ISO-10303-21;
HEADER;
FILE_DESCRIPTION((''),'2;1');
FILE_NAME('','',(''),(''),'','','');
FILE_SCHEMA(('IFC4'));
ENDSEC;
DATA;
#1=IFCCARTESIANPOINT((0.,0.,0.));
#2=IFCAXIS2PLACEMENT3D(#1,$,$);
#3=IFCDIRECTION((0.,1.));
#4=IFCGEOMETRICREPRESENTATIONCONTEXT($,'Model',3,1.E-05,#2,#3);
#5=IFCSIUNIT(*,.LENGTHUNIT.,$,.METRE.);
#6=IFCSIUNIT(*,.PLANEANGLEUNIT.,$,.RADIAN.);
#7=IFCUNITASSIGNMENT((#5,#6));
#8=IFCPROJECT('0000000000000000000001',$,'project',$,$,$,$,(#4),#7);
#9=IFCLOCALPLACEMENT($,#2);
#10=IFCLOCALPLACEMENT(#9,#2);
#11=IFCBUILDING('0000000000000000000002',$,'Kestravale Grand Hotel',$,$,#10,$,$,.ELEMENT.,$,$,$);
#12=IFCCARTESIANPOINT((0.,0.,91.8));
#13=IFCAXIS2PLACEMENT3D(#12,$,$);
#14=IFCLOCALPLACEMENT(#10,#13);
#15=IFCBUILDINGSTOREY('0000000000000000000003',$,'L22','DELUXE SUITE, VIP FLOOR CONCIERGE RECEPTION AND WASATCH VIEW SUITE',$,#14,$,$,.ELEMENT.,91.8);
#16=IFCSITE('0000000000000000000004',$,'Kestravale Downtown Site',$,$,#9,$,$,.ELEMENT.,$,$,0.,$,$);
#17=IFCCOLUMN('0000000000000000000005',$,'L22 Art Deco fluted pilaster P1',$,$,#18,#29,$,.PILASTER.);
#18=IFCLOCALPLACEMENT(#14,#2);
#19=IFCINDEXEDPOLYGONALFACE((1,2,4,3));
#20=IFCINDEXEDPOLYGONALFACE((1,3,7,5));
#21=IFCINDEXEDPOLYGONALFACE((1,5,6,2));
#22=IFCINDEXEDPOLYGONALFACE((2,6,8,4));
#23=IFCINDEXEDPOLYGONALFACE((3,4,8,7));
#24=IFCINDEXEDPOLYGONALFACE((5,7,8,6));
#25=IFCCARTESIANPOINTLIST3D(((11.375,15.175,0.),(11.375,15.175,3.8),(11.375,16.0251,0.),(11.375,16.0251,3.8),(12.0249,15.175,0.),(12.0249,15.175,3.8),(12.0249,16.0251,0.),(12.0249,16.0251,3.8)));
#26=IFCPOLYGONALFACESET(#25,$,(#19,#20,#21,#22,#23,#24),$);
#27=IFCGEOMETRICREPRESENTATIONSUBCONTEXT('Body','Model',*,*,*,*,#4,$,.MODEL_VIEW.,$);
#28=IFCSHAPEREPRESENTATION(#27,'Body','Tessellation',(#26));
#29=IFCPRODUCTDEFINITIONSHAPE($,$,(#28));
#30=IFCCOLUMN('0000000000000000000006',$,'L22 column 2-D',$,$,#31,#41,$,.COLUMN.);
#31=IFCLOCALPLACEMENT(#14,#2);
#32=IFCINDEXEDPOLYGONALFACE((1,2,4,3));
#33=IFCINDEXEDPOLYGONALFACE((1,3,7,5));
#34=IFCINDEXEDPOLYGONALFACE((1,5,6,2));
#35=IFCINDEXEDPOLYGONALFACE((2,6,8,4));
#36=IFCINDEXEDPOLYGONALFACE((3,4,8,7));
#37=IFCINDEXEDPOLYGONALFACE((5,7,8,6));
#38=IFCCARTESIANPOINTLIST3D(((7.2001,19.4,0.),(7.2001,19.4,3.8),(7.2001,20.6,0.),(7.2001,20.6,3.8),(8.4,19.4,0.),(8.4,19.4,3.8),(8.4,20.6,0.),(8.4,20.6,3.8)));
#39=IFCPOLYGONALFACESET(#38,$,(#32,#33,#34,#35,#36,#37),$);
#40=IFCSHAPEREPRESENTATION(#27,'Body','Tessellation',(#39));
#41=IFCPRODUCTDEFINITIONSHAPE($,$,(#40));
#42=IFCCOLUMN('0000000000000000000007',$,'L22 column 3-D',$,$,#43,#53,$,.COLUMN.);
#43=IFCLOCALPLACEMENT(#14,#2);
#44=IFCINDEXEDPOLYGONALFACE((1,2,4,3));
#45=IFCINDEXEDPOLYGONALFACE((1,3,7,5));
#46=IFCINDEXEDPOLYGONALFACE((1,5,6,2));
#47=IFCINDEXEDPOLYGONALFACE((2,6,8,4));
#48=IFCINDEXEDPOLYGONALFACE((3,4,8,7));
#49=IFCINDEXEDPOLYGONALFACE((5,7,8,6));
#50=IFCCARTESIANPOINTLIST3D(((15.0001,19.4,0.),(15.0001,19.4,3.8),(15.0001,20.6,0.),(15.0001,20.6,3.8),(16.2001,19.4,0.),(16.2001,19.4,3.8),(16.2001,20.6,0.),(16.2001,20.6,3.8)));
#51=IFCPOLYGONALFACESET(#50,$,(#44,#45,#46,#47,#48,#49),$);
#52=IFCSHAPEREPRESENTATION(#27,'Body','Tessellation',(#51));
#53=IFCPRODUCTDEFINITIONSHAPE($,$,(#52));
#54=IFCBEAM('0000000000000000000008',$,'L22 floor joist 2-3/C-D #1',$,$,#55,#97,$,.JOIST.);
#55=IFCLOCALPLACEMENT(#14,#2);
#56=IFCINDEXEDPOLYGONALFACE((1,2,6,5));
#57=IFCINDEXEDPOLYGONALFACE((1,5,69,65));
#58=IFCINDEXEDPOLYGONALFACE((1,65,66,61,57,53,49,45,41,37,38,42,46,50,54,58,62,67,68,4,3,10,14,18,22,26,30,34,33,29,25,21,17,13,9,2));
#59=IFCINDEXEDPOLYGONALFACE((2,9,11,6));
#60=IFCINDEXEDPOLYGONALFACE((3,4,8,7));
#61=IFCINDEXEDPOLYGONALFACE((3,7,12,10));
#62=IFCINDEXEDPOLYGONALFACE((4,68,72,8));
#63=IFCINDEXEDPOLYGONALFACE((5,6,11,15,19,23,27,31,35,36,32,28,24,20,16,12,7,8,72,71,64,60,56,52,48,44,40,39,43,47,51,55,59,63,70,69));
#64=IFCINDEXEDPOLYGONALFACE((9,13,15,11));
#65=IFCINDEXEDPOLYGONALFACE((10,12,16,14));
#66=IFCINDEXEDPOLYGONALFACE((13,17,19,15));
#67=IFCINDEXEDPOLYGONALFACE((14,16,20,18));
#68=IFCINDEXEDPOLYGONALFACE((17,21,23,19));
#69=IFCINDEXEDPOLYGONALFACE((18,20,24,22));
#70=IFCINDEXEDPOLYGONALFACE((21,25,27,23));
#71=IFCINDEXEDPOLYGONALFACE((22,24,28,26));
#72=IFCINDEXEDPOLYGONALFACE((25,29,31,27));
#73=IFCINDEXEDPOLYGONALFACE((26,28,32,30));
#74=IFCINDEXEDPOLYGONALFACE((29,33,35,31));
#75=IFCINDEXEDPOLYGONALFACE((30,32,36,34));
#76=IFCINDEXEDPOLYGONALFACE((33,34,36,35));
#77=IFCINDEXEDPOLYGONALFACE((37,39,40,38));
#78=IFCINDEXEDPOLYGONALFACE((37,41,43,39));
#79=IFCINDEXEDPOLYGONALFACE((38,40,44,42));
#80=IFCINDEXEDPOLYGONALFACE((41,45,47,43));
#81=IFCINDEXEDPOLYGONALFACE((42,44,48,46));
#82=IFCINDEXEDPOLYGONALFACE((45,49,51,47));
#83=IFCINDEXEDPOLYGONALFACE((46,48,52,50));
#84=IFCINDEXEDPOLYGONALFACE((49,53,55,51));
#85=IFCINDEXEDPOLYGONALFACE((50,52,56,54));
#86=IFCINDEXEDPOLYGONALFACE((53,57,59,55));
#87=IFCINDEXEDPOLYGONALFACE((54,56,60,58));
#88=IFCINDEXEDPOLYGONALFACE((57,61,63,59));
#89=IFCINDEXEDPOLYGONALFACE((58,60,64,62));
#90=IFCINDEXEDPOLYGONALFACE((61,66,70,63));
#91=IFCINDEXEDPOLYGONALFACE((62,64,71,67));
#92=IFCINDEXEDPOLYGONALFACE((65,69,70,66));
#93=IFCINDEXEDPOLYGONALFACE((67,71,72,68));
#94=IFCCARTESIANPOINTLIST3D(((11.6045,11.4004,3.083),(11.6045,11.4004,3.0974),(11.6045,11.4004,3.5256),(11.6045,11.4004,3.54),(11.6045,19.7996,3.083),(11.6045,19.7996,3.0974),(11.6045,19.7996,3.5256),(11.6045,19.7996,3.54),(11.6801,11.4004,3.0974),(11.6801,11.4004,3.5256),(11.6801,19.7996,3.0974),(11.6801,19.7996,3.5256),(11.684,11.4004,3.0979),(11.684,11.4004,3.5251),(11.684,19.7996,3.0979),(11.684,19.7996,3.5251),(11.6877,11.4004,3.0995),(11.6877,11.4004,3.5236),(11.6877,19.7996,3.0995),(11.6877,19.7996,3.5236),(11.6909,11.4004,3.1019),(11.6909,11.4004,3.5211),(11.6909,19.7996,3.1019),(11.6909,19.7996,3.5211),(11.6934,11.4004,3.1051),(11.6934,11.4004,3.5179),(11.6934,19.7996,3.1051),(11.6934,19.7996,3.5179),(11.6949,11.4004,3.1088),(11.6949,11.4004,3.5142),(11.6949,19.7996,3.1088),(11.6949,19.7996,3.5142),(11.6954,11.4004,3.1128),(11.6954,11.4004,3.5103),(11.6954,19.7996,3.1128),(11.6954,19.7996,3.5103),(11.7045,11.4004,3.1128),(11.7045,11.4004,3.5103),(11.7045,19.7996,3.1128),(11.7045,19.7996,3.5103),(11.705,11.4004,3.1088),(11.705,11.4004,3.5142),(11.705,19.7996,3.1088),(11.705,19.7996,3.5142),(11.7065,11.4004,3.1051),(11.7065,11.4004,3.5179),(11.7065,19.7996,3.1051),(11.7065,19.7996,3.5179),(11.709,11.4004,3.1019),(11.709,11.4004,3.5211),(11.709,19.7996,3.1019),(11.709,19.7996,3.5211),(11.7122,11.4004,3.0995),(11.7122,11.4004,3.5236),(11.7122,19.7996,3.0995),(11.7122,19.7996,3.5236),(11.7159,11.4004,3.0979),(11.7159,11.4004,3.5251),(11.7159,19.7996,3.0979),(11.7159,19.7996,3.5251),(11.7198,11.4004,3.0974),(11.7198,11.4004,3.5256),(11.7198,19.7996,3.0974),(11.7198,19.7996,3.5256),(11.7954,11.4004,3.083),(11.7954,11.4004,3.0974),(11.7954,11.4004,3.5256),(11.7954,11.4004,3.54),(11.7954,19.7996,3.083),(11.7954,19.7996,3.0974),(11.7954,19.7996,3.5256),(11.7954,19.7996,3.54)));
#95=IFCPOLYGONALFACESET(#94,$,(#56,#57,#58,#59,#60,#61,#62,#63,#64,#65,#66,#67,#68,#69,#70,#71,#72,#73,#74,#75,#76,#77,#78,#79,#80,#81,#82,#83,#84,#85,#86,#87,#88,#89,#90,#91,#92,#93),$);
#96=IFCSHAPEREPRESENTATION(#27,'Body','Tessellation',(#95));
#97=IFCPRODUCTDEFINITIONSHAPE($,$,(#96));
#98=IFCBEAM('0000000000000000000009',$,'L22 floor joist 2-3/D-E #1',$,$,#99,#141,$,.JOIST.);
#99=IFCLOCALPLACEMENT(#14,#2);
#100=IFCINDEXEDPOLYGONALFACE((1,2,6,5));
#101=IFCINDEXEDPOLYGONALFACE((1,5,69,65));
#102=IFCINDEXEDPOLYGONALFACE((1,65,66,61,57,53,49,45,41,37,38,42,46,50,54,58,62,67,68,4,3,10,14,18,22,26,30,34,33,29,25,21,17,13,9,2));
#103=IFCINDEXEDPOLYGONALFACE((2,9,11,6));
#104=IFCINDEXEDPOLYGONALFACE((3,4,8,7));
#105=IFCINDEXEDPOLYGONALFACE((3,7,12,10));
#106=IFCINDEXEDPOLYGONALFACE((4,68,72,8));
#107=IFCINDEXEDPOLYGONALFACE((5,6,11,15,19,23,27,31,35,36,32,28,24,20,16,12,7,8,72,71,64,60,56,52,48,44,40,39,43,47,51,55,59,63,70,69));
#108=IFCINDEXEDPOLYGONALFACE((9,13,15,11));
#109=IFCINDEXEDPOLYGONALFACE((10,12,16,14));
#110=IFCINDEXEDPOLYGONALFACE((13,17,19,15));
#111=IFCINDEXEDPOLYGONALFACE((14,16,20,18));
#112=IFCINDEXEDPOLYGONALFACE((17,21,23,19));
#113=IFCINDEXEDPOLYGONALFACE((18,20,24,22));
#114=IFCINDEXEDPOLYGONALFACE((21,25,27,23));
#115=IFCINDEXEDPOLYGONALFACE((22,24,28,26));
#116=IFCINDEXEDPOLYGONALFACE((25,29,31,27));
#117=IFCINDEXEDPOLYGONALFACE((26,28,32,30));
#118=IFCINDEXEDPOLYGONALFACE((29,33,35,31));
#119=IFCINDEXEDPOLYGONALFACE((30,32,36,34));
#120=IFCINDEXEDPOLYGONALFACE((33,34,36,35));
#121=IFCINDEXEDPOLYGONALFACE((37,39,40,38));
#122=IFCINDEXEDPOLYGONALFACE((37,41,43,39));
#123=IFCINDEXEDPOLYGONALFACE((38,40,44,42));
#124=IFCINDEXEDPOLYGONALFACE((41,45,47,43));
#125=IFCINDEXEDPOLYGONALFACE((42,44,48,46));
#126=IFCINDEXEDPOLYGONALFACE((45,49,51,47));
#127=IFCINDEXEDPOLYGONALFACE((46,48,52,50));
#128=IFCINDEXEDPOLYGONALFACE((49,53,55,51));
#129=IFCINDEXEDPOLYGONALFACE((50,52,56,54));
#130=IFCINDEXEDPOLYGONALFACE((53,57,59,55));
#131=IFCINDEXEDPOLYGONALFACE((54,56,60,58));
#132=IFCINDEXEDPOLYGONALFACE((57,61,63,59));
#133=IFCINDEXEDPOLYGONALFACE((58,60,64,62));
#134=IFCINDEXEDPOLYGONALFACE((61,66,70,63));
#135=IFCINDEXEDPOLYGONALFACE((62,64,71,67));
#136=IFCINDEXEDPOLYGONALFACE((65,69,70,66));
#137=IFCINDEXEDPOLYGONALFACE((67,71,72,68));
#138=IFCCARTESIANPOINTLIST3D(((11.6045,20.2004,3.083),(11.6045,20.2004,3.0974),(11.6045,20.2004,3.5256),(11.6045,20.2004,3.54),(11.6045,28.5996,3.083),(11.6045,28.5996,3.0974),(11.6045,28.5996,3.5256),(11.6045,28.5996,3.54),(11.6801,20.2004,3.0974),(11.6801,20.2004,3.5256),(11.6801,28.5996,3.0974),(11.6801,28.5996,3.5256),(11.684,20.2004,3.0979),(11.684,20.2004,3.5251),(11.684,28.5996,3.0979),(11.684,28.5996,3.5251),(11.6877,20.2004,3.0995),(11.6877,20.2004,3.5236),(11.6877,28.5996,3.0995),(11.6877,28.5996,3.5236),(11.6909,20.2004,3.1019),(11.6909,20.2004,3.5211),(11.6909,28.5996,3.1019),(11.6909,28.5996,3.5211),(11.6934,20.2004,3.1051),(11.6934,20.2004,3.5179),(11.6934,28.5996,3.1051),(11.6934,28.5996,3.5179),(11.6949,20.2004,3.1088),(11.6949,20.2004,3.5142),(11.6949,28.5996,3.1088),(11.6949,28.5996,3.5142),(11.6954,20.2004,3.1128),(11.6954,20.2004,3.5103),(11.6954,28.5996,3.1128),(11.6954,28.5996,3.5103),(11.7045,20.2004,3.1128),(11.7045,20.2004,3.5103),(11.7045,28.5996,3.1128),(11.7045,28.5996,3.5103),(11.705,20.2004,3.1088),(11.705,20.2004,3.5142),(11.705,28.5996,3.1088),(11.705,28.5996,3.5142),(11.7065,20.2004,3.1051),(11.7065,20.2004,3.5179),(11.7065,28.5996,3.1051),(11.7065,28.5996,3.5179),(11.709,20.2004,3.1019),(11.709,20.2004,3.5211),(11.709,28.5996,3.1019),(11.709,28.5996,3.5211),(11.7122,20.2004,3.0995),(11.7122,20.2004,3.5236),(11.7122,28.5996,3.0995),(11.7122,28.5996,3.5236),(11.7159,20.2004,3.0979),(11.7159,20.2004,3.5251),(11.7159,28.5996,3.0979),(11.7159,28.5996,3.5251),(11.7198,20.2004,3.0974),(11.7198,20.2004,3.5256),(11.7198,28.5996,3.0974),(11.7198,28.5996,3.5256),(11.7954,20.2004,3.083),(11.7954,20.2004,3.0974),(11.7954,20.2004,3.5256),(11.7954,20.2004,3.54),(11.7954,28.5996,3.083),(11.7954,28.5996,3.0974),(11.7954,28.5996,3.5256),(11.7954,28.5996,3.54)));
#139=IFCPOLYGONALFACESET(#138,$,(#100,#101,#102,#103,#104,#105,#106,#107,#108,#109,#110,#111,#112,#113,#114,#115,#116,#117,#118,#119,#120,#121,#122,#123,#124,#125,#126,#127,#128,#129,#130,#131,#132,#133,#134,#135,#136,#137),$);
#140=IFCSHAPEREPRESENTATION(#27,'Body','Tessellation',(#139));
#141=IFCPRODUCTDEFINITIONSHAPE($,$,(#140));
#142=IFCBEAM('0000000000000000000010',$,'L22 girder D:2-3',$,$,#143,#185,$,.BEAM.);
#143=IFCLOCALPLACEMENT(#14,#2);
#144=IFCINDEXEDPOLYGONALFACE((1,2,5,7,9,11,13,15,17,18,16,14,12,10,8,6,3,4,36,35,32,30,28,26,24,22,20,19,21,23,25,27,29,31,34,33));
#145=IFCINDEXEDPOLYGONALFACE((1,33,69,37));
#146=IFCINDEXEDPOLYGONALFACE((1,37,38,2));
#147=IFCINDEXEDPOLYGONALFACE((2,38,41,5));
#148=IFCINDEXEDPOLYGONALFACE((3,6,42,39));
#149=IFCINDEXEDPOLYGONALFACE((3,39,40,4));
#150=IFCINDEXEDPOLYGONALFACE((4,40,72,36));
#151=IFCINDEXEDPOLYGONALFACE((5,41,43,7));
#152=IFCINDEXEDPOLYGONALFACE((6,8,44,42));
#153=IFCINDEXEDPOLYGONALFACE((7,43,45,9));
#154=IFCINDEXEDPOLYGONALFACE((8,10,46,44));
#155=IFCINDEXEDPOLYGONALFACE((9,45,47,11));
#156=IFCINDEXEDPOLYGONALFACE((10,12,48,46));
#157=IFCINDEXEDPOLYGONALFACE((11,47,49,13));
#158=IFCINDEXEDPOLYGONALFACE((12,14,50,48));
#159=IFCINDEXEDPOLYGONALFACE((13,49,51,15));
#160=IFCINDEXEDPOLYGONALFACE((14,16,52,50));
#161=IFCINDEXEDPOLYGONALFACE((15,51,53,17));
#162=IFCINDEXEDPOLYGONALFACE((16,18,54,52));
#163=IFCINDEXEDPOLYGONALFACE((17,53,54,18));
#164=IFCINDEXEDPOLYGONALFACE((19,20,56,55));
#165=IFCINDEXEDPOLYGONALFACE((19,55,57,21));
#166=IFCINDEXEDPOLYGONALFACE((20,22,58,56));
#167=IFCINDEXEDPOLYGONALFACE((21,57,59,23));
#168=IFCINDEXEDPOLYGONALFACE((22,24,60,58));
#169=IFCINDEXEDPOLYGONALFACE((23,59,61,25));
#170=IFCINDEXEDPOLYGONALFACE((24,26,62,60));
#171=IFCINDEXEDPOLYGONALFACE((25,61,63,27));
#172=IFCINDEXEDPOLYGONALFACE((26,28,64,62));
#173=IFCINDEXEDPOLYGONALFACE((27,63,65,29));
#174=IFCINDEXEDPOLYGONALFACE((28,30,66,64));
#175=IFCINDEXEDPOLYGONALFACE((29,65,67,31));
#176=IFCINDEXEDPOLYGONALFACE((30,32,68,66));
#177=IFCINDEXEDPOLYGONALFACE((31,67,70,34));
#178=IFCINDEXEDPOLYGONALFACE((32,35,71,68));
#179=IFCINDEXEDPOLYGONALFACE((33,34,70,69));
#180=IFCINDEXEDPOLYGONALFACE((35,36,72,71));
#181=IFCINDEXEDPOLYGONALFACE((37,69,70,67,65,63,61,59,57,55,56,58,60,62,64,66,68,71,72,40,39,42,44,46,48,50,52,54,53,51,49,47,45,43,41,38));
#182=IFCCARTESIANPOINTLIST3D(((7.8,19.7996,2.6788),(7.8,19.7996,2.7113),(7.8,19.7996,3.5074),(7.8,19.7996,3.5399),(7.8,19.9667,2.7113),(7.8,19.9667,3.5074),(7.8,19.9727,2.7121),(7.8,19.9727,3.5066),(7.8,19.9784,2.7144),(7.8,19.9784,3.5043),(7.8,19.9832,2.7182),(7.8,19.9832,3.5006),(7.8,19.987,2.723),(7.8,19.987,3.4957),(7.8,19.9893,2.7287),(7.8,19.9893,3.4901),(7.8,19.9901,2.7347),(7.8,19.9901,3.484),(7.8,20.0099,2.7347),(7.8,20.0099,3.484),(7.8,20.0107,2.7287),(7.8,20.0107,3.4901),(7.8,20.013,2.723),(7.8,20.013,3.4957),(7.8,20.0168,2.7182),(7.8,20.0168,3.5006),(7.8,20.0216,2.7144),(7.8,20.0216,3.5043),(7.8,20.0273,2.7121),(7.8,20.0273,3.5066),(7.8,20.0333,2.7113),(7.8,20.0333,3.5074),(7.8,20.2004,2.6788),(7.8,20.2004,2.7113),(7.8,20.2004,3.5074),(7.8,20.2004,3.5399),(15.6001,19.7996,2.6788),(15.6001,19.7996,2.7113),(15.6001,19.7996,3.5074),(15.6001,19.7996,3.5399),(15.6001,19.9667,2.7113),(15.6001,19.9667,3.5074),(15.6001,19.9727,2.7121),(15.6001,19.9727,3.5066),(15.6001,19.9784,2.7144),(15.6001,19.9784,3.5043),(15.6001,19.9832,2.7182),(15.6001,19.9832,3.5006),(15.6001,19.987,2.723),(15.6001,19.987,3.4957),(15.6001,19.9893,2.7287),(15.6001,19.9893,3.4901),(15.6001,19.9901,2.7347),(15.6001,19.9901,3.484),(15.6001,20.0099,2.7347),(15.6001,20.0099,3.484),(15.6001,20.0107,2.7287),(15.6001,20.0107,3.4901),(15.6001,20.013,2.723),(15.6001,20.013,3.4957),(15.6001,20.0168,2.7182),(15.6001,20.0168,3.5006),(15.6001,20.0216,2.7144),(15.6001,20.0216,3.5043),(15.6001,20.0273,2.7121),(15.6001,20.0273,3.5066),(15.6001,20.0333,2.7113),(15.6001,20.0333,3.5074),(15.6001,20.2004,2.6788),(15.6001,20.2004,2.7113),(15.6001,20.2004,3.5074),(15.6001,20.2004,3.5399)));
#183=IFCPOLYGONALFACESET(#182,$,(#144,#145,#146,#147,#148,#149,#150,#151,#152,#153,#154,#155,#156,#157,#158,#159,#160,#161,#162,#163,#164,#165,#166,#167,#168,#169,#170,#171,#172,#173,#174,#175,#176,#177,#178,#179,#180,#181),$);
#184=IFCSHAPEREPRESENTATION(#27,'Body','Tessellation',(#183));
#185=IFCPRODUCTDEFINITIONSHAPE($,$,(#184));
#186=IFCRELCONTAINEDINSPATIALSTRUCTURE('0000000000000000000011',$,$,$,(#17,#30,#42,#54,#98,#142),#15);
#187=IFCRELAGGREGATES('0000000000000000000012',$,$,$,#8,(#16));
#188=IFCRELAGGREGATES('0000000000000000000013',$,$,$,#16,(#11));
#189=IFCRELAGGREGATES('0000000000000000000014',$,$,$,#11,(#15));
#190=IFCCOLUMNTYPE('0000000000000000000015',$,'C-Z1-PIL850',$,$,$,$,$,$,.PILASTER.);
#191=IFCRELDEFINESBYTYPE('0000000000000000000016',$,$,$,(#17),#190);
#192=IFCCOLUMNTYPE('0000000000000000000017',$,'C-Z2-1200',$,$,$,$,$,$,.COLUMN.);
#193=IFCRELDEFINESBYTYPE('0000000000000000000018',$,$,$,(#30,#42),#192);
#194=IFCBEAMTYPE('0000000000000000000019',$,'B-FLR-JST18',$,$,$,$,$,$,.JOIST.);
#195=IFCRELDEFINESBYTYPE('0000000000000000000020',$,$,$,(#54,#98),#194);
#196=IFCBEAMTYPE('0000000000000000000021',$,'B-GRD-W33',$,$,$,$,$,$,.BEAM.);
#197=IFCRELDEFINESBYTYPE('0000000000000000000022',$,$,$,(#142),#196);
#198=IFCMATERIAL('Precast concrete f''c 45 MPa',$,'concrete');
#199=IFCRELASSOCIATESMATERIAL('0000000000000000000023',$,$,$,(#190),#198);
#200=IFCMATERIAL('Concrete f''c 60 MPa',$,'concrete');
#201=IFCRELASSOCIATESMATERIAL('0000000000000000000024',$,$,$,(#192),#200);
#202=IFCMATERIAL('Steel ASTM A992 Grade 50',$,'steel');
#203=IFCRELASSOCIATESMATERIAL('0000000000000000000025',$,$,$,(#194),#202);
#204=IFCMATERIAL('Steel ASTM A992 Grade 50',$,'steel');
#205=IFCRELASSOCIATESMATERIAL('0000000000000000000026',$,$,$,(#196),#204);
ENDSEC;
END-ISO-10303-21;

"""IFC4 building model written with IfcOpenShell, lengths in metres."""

from ifc_helpers import new_model, si_unit, direction, frame, origin, origin_2d, place, context, subcontext, project, spatial, rectangle, i_section, extrude, material, material_profile, profile_set, type_object, element, save


model = new_model("IFC4")

# Units and contexts
model_context = context("Model", 3, precision=1e-05, world=origin(), true_north=direction((0.0, 1.0)))
body_context = subcontext(model_context, "Body", "Model", "MODEL_VIEW")
ifc_project = project(units=[si_unit("LENGTHUNIT", "METRE"), si_unit("PLANEANGLEUNIT", "RADIAN")], contexts=[model_context])

# Site, building, storey
site_placement = place(None, origin())
site = spatial("IfcSite", under=ifc_project, at=site_placement, Name="Kestravale Downtown Site", CompositionType="ELEMENT", RefElevation=0.0)
building_placement = place(site_placement, origin())
building = spatial("IfcBuilding", under=site, at=building_placement, Name="Kestravale Grand Hotel", CompositionType="ELEMENT")
storey_placement = place(building_placement, frame((0.0, 0.0, 91.8)))
storey = spatial("IfcBuildingStorey", under=building, at=storey_placement, Name="L22", Description="DELUXE SUITE, VIP FLOOR CONCIERGE RECEPTION AND WASATCH VIEW SUITE", CompositionType="ELEMENT", Elevation=91.8)

# Columns
ifc_material_1 = material(Name="Precast concrete f'c 45 MPa", Category="concrete")
ifc_material_profile_1 = material_profile(ifc_material_1, rectangle(XDim=0.6499, YDim=0.8501, at=origin_2d()))
ifc_profile_set_1 = profile_set([ifc_material_profile_1], Name="Precast concrete f'c 45 MPa")
column_type_1 = type_object("IfcColumnType", Name="C-Z1-PIL850", PredefinedType="PILASTER", material=ifc_profile_set_1)
column_placement = place(storey_placement, frame((11.7, 15.6001, 0.0), z_axis=(0.0, 0.0, 1.0), x_axis=(1.0, 0.0, 0.0)))
element("IfcColumn", 1, at=column_placement, inside=storey, type_object=column_type_1, Name="L22 Art Deco fluted pilaster P1", PredefinedType="PILASTER", context=body_context, shape_type="SweptSolid", body=[
    extrude(rectangle(XDim=0.6499, YDim=0.8501, at=origin_2d()), origin(), (0.0, 0.0, 1.0), 3.8),
])
ifc_material_2 = material(Name="Concrete f'c 60 MPa", Category="concrete")
ifc_material_profile_2 = material_profile(ifc_material_2, rectangle(XDim=1.2, YDim=1.2, at=origin_2d()))
ifc_profile_set_2 = profile_set([ifc_material_profile_2], Name="Concrete f'c 60 MPa")
column_type_2 = type_object("IfcColumnType", Name="C-Z2-1200", PredefinedType="COLUMN", material=ifc_profile_set_2)
for number, where, z_axis, x_axis, name in (
    (2, (7.8, 20.0, 0.0), (0.0, 0.0, 1.0), (1.0, 0.0, 0.0), "L22 column 2-D"),
    (3, (15.6001, 20.0, 0.0), (0.0, 0.0, 1.0), (1.0, 0.0, 0.0), "L22 column 3-D"),
):
    element("IfcColumn", number, at=place(storey_placement, frame(where, z_axis=z_axis, x_axis=x_axis)), inside=storey, type_object=column_type_2, Name=name, PredefinedType="COLUMN", context=body_context, shape_type="SweptSolid", body=[
        extrude(rectangle(XDim=1.2, YDim=1.2, at=origin_2d()), origin(), (0.0, 0.0, 1.0), 3.8),
    ])

# Beams
ifc_material_3 = material(Name="Steel ASTM A992 Grade 50", Category="steel")
ifc_material_profile_3 = material_profile(ifc_material_3, i_section(OverallWidth=0.1909, OverallDepth=0.457, WebThickness=0.009, FlangeThickness=0.0144, FilletRadius=0.0154, at=origin_2d()))
ifc_profile_set_3 = profile_set([ifc_material_profile_3], Name="Steel ASTM A992 Grade 50")
beam_type_1 = type_object("IfcBeamType", Name="B-FLR-JST18", PredefinedType="JOIST", material=ifc_profile_set_3)
for number, where, z_axis, x_axis, name in (
    (4, (11.7, 11.4004, 3.3115), (0.0, 1.0, 0.0), (-1.0, 0.0, 0.0), "L22 floor joist 2-3/C-D #1"),
    (5, (11.7, 20.2004, 3.3115), (0.0, 1.0, 0.0), (-1.0, 0.0, 0.0), "L22 floor joist 2-3/D-E #1"),
):
    element("IfcBeam", number, at=place(storey_placement, frame(where, z_axis=z_axis, x_axis=x_axis)), inside=storey, type_object=beam_type_1, Name=name, PredefinedType="JOIST", context=body_context, shape_type="SweptSolid", body=[
        extrude(i_section(OverallWidth=0.1909, OverallDepth=0.457, WebThickness=0.009, FlangeThickness=0.0144, FilletRadius=0.0154, at=origin_2d()), origin(), (0.0, 0.0, 1.0), 8.3992),
    ])
ifc_material_4 = material(Name="Steel ASTM A992 Grade 50", Category="steel")
ifc_material_profile_4 = material_profile(ifc_material_4, i_section(OverallWidth=0.4009, OverallDepth=0.8611, WebThickness=0.0198, FlangeThickness=0.0325, FilletRadius=0.0234, at=origin_2d()))
ifc_profile_set_4 = profile_set([ifc_material_profile_4], Name="Steel ASTM A992 Grade 50")
beam_type_2 = type_object("IfcBeamType", Name="B-GRD-W33", PredefinedType="BEAM", material=ifc_profile_set_4)
beam_1_placement = place(storey_placement, frame((7.8, 20.0, 3.1094), z_axis=(1.0, 0.0, 0.0), x_axis=(0.0, 1.0, 0.0)))
element("IfcBeam", 6, at=beam_1_placement, inside=storey, type_object=beam_type_2, Name="L22 girder D:2-3", PredefinedType="BEAM", context=body_context, shape_type="SweptSolid", body=[
    extrude(i_section(OverallWidth=0.4009, OverallDepth=0.8611, WebThickness=0.0198, FlangeThickness=0.0325, FilletRadius=0.0234, at=origin_2d()), origin(), (0.0, 0.0, 1.0), 7.8),
])

save(model, "model.ifc")
